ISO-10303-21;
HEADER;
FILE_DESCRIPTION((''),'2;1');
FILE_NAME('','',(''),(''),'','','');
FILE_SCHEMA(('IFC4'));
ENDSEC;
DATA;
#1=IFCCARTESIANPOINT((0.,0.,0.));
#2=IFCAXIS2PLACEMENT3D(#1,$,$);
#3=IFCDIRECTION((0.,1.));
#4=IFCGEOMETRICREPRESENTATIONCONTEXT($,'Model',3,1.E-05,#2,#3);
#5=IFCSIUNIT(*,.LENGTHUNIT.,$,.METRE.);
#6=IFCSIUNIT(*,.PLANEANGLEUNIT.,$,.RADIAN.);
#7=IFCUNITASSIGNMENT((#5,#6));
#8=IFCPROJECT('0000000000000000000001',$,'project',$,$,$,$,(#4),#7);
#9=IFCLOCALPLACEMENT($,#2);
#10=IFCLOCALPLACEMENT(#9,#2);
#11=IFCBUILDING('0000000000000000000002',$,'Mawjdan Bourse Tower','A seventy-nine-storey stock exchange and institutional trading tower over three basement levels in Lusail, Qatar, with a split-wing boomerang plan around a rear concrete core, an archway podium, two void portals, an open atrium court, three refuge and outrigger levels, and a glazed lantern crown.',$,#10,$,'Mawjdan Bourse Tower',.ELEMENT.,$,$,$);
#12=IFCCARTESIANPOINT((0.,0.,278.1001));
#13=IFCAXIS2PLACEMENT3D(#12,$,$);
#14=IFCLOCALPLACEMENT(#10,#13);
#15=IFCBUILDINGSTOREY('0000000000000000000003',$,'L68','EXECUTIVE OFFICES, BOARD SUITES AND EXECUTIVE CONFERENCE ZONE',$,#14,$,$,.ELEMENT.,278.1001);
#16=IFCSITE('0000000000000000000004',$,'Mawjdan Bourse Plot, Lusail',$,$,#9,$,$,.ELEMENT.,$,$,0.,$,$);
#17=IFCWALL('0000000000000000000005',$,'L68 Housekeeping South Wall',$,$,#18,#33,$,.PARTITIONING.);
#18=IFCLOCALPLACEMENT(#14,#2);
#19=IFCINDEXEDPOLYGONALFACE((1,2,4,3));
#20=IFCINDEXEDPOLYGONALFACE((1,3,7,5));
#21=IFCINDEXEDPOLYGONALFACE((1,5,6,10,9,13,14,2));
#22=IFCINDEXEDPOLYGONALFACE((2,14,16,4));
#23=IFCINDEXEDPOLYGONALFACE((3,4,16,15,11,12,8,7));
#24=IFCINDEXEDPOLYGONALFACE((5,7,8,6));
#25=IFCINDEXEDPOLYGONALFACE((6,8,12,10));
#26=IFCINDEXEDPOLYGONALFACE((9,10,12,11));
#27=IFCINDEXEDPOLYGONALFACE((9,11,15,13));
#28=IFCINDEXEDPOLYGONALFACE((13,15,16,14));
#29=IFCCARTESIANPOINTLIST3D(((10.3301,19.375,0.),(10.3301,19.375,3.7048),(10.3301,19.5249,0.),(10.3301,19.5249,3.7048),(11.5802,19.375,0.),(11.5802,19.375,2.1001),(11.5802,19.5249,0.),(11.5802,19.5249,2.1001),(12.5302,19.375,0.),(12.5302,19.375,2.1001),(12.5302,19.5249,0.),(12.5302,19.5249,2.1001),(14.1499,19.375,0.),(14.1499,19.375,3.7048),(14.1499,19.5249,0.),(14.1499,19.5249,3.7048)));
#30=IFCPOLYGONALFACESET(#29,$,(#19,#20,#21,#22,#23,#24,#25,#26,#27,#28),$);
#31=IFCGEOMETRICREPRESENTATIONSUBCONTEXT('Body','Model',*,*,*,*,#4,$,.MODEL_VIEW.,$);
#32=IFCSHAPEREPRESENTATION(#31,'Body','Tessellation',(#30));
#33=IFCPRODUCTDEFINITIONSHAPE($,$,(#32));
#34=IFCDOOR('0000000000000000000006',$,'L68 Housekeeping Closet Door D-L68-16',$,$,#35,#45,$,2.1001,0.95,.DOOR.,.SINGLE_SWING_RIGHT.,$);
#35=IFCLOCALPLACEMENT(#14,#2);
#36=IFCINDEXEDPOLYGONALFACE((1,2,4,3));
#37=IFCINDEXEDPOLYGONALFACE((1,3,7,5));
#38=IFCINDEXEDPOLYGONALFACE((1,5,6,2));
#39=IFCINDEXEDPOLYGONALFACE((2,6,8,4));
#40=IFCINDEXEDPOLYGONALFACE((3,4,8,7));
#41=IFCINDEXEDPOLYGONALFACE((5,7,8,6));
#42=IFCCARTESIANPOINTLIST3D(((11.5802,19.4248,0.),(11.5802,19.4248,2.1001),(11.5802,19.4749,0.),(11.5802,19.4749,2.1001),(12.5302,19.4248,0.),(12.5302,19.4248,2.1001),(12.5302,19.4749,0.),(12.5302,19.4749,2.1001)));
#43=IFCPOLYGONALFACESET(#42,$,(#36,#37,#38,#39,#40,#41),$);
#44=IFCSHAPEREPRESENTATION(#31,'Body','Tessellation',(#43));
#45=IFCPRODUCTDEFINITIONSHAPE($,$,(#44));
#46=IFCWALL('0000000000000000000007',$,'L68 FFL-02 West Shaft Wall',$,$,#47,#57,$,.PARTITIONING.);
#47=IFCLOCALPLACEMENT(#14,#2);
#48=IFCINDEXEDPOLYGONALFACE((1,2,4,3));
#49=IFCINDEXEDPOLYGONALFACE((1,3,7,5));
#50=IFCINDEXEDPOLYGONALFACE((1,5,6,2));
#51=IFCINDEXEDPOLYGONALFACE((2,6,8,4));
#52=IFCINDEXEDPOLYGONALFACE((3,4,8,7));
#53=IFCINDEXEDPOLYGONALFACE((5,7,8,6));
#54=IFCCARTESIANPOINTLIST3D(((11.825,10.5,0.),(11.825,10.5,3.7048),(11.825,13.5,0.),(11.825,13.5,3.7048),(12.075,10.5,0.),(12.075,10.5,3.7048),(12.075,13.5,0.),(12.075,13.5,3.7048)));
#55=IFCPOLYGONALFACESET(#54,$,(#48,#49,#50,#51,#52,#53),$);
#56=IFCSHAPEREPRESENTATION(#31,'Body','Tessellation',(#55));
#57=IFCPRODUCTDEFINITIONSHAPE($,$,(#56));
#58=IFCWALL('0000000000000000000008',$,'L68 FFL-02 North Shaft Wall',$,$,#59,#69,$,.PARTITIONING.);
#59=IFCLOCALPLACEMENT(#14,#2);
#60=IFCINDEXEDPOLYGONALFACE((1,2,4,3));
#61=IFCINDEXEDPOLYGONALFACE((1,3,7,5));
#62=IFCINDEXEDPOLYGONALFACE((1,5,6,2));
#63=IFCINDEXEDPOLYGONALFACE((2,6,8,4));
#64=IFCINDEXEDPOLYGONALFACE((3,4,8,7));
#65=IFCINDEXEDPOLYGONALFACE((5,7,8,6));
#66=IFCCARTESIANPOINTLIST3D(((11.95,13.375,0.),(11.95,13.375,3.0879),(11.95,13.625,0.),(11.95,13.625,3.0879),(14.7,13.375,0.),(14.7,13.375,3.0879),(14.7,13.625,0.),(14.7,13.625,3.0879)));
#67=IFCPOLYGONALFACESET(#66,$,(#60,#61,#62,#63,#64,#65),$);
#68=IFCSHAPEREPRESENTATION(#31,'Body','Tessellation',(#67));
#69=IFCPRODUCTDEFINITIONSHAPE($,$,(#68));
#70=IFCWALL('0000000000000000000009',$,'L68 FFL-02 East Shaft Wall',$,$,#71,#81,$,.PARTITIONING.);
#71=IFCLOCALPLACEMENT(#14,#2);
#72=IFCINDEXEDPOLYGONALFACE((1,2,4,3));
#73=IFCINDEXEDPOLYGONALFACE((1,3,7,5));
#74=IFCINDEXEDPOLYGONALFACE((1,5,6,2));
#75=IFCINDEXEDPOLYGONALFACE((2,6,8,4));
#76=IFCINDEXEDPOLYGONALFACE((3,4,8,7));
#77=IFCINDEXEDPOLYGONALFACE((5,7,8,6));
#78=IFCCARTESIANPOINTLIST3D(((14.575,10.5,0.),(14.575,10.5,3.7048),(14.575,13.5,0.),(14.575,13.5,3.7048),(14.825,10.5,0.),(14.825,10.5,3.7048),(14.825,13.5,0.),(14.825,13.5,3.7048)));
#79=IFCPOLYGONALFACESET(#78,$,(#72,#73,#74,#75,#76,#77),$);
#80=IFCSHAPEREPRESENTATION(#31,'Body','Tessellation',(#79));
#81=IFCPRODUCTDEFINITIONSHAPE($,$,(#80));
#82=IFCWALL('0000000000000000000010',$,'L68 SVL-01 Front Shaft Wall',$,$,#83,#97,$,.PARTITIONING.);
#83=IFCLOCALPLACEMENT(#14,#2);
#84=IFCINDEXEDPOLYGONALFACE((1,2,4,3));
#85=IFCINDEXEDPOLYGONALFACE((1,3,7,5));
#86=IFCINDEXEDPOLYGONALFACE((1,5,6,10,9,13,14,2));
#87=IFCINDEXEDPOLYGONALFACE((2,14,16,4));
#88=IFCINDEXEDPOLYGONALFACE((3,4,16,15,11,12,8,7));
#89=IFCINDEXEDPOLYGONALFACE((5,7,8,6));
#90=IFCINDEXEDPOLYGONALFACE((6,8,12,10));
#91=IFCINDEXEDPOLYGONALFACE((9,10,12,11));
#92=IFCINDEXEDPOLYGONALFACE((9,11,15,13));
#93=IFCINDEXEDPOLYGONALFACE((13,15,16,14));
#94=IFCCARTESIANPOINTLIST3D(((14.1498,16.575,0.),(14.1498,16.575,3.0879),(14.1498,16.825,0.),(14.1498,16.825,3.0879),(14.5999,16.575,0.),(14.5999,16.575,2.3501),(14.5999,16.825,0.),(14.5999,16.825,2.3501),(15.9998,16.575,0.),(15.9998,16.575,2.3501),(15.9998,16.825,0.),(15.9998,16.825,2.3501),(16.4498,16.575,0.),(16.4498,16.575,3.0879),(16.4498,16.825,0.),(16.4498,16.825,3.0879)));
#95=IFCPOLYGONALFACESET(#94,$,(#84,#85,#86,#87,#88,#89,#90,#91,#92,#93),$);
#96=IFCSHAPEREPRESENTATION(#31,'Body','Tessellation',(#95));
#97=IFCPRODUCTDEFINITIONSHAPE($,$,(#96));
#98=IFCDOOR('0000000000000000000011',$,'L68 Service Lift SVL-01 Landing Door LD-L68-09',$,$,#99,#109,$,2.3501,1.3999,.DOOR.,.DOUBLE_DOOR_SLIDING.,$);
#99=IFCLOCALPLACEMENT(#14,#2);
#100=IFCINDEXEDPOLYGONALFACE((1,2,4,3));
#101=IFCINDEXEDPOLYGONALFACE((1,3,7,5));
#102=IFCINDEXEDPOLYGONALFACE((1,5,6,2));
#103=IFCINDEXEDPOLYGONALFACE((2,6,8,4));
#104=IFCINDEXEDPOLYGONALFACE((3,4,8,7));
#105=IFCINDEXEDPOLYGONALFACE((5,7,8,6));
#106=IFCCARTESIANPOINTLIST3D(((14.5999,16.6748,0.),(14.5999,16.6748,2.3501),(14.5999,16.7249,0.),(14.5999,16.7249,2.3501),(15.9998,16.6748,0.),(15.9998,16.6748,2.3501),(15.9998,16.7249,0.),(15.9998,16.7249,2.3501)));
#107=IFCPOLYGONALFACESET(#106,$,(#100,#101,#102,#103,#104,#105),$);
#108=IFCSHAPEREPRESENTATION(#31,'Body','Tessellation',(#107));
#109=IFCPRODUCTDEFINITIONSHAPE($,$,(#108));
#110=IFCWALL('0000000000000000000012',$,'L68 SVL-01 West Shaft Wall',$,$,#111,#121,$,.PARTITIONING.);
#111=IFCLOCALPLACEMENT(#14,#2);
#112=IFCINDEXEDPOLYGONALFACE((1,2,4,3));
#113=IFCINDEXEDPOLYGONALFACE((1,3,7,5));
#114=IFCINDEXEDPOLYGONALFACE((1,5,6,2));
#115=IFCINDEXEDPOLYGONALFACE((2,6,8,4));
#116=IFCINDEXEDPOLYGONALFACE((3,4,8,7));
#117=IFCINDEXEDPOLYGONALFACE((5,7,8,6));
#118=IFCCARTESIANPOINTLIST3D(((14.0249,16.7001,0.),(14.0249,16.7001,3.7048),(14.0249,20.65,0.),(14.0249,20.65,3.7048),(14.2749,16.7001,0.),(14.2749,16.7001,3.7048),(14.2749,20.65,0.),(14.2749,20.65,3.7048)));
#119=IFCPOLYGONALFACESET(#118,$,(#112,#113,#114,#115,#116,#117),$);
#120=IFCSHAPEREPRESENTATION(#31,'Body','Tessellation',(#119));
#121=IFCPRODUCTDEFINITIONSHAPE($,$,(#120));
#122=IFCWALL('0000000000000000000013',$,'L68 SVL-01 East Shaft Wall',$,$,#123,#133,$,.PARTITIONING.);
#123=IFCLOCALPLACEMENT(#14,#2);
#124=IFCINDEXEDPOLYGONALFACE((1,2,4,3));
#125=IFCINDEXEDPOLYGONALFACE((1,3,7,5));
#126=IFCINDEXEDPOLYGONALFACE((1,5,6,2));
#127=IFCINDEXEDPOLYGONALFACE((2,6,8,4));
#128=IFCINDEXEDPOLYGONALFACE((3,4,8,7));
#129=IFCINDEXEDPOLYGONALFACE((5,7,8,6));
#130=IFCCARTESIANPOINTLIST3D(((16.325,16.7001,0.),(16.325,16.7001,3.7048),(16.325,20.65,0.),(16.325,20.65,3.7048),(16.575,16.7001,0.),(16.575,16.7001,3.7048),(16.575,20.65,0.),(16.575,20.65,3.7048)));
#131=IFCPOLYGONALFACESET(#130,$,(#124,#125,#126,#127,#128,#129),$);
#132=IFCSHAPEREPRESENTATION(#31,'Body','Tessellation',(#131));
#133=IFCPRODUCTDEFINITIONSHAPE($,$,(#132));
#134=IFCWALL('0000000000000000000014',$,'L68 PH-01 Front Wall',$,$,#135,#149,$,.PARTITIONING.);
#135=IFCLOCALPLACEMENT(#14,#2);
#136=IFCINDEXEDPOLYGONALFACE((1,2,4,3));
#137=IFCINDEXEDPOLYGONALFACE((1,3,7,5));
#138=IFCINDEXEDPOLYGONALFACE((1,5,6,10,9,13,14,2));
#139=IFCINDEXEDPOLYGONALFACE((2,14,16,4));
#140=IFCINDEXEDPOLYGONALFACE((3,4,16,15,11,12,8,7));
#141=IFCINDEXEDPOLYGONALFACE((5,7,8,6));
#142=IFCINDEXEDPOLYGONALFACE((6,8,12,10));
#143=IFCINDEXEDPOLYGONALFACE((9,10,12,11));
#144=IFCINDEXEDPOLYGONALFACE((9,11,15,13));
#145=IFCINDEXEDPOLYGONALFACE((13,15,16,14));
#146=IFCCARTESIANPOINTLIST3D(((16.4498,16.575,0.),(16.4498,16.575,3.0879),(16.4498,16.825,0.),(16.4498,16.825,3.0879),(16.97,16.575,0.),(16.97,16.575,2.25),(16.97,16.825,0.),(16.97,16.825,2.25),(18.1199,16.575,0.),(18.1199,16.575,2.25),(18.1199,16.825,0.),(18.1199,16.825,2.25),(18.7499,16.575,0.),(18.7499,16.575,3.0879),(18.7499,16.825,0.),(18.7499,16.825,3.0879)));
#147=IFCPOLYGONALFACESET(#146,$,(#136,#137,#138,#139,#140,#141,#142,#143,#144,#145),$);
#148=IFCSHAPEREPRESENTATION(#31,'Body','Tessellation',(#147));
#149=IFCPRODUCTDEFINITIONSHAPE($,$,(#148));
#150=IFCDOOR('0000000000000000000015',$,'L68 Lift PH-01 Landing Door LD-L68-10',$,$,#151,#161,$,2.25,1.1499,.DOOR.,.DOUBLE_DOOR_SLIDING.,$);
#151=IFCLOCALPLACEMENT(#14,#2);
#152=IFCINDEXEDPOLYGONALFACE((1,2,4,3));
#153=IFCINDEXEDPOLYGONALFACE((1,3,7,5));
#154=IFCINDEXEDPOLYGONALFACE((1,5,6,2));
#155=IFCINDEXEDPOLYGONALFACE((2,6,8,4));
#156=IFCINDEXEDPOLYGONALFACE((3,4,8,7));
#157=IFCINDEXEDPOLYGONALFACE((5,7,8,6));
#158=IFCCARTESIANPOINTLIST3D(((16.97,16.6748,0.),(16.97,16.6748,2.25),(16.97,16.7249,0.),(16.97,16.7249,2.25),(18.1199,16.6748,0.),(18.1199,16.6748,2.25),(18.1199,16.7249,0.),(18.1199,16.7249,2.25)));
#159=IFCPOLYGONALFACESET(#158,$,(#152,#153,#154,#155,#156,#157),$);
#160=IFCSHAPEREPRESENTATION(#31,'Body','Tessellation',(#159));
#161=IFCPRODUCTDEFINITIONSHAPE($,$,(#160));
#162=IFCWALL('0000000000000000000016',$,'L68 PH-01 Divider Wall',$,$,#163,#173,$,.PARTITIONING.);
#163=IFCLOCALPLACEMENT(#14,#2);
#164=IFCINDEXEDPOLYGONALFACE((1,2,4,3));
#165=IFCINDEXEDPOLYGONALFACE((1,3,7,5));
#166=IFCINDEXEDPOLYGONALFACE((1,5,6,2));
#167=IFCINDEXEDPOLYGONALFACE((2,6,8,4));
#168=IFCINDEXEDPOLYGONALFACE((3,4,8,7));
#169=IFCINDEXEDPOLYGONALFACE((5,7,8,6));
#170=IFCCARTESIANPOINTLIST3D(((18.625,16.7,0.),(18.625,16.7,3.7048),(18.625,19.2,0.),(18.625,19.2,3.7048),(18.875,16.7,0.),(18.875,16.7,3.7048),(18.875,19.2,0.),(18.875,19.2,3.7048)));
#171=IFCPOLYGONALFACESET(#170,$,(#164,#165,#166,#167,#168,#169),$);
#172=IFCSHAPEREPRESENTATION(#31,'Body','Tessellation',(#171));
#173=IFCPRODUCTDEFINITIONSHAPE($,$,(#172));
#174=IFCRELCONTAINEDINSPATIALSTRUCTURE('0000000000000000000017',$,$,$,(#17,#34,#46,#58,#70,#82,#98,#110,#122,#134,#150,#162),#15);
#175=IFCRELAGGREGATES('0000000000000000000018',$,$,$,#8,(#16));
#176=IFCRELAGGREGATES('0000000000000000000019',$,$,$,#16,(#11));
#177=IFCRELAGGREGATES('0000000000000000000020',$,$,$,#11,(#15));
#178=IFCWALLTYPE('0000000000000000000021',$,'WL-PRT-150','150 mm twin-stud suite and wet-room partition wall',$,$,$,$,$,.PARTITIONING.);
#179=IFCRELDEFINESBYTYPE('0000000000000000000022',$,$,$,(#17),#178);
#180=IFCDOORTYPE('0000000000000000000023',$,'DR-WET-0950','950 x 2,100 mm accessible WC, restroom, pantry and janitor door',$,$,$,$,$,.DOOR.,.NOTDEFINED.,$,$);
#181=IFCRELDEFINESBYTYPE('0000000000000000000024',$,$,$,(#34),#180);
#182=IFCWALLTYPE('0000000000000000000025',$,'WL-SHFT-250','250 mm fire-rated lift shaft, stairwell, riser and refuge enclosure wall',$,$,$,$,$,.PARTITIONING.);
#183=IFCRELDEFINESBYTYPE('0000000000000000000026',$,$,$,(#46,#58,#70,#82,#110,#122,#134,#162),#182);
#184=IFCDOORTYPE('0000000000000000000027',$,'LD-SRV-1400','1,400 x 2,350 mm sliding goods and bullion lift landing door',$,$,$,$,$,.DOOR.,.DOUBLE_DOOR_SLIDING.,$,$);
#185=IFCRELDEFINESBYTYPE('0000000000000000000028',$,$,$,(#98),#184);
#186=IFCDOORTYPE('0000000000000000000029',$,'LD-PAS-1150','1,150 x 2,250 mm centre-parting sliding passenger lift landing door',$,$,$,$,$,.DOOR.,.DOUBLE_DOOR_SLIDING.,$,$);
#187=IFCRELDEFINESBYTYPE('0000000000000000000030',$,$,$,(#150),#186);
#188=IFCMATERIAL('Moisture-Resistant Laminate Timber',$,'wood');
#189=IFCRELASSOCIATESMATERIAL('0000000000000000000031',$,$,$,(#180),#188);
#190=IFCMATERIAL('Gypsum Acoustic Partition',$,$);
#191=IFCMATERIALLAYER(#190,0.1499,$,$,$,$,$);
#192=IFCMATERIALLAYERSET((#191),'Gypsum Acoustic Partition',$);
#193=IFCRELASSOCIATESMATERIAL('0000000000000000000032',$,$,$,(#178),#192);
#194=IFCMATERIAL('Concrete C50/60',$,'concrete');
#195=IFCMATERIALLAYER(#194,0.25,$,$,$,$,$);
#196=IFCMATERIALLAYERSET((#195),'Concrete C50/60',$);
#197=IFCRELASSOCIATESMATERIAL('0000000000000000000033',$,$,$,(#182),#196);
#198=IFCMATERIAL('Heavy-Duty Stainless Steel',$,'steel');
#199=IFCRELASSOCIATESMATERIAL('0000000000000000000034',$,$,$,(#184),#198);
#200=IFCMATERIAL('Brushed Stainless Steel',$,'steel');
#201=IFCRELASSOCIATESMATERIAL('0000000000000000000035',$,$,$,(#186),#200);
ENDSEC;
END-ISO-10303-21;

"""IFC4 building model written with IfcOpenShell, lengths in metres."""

from ifc_helpers import new_model, si_unit, direction, frame, frame_2d, origin, place, context, subcontext, project, spatial, rectangle, extrude, material, layer, layer_set, type_object, element, fill, save


model = new_model("IFC4")

# Units and contexts
model_context = context("Model", 3, precision=1e-05, world=origin(), true_north=direction((0.0, 1.0)))
body_context = subcontext(model_context, "Body", "Model", "MODEL_VIEW")
ifc_project = project(units=[si_unit("LENGTHUNIT", "METRE"), si_unit("PLANEANGLEUNIT", "RADIAN")], contexts=[model_context])

# Site, building, storey
site_placement = place(None, origin())
site = spatial("IfcSite", under=ifc_project, at=site_placement, Name="Mawjdan Bourse Plot, Lusail", CompositionType="ELEMENT", RefElevation=0.0)
building_placement = place(site_placement, origin())
building = spatial("IfcBuilding", under=site, at=building_placement, Name="Mawjdan Bourse Tower", Description="A seventy-nine-storey stock exchange and institutional trading tower over three basement levels in Lusail, Qatar, with a split-wing boomerang plan around a rear concrete core, an archway podium, two void portals, an open atrium court, three refuge and outrigger levels, and a glazed lantern crown.", LongName="Mawjdan Bourse Tower", CompositionType="ELEMENT")
storey_placement = place(building_placement, frame((0.0, 0.0, 278.1001)))
storey = spatial("IfcBuildingStorey", under=building, at=storey_placement, Name="L68", Description="EXECUTIVE OFFICES, BOARD SUITES AND EXECUTIVE CONFERENCE ZONE", CompositionType="ELEMENT", Elevation=278.1001)

# Wall, opening, door
ifc_material_1 = material(Name="Moisture-Resistant Laminate Timber", Category="wood")
door_type_1 = type_object("IfcDoorType", Name="DR-WET-0950", Description="950 x 2,100 mm accessible WC, restroom, pantry and janitor door", OperationType="NOTDEFINED", PredefinedType="DOOR", material=ifc_material_1)
ifc_material_2 = material(Name="Gypsum Acoustic Partition")
ifc_layer_1 = layer(ifc_material_2, 0.1499)
ifc_layer_set_1 = layer_set([ifc_layer_1], Name="Gypsum Acoustic Partition")
wall_type_1 = type_object("IfcWallType", Name="WL-PRT-150", Description="150 mm twin-stud suite and wet-room partition wall", PredefinedType="PARTITIONING", material=ifc_layer_set_1)
wall_1_placement = place(storey_placement, frame((10.3301, 19.45, 0.0), z_axis=(0.0, 0.0, 1.0), x_axis=(1.0, 0.0, 0.0)))
wall_1 = element("IfcWall", 1, at=wall_1_placement, inside=storey, type_object=wall_type_1, Name="L68 Housekeeping South Wall", PredefinedType="PARTITIONING", context=body_context, shape_type="SweptSolid", body=[
    extrude(rectangle(XDim=3.8198, YDim=0.1499, at=frame_2d((1.9099, 0.0))), origin(), (0.0, 0.0, 1.0), 3.7048),
])
opening_1_placement = place(wall_1_placement, frame((1.25, 0.0, 0.0)))
opening_1 = element("IfcOpeningElement", 2, at=opening_1_placement, cuts=wall_1, PredefinedType="OPENING", context=body_context, shape_type="SweptSolid", body=[
    extrude(rectangle(XDim=0.95, YDim=2.1001, at=frame_2d((0.4751, 1.05))), frame((0.0, 0.085, 0.0), z_axis=(0.0, -1.0, 0.0), x_axis=(1.0, 0.0, 0.0)), (0.0, 0.0, 1.0), 0.1699),
])
door_1_placement = place(opening_1_placement, origin())
door_1 = element("IfcDoor", 3, at=door_1_placement, inside=storey, type_object=door_type_1, Name="L68 Housekeeping Closet Door D-L68-16", OperationType="SINGLE_SWING_RIGHT", OverallHeight=2.1001, OverallWidth=0.95, PredefinedType="DOOR", context=body_context, shape_type="SweptSolid", body=[
    extrude(rectangle(XDim=0.95, YDim=2.1001, at=frame_2d((0.4751, 1.05))), frame((0.0, 0.0249, 0.0), z_axis=(0.0, -1.0, 0.0), x_axis=(1.0, 0.0, 0.0)), (0.0, 0.0, 1.0), 0.05),
])
fill(opening_1, door_1)

# Walls
ifc_material_3 = material(Name="Concrete C50/60", Category="concrete")
ifc_layer_2 = layer(ifc_material_3, 0.25)
ifc_layer_set_2 = layer_set([ifc_layer_2], Name="Concrete C50/60")
wall_type_2 = type_object("IfcWallType", Name="WL-SHFT-250", Description="250 mm fire-rated lift shaft, stairwell, riser and refuge enclosure wall", PredefinedType="PARTITIONING", material=ifc_layer_set_2)
wall_2_placement = place(storey_placement, frame((11.95, 10.5, 0.0), z_axis=(0.0, 0.0, 1.0), x_axis=(0.0, 1.0, 0.0)))
element("IfcWall", 4, at=wall_2_placement, inside=storey, type_object=wall_type_2, Name="L68 FFL-02 West Shaft Wall", PredefinedType="PARTITIONING", context=body_context, shape_type="SweptSolid", body=[
    extrude(rectangle(XDim=3.0, YDim=0.25, at=frame_2d((1.5, 0.0))), origin(), (0.0, 0.0, 1.0), 3.7048),
])
wall_3_placement = place(storey_placement, frame((11.95, 13.5, 0.0), z_axis=(0.0, 0.0, 1.0), x_axis=(1.0, 0.0, 0.0)))
element("IfcWall", 5, at=wall_3_placement, inside=storey, type_object=wall_type_2, Name="L68 FFL-02 North Shaft Wall", PredefinedType="PARTITIONING", context=body_context, shape_type="SweptSolid", body=[
    extrude(rectangle(XDim=2.75, YDim=0.25, at=frame_2d((1.375, 0.0))), origin(), (0.0, 0.0, 1.0), 3.0879),
])
wall_4_placement = place(storey_placement, frame((14.7, 10.5, 0.0), z_axis=(0.0, 0.0, 1.0), x_axis=(0.0, 1.0, 0.0)))
element("IfcWall", 6, at=wall_4_placement, inside=storey, type_object=wall_type_2, Name="L68 FFL-02 East Shaft Wall", PredefinedType="PARTITIONING", context=body_context, shape_type="SweptSolid", body=[
    extrude(rectangle(XDim=3.0, YDim=0.25, at=frame_2d((1.5, 0.0))), origin(), (0.0, 0.0, 1.0), 3.7048),
])

# Wall, opening, door
wall_5_placement = place(storey_placement, frame((14.1499, 16.7, 0.0), z_axis=(0.0, 0.0, 1.0), x_axis=(1.0, 0.0, 0.0)))
wall_5 = element("IfcWall", 7, at=wall_5_placement, inside=storey, type_object=wall_type_2, Name="L68 SVL-01 Front Shaft Wall", PredefinedType="PARTITIONING", context=body_context, shape_type="SweptSolid", body=[
    extrude(rectangle(XDim=2.3, YDim=0.25, at=frame_2d((1.1499, 0.0))), origin(), (0.0, 0.0, 1.0), 3.0879),
])
opening_2_placement = place(wall_5_placement, frame((0.45, 0.0, 0.0)))
opening_2 = element("IfcOpeningElement", 8, at=opening_2_placement, cuts=wall_5, PredefinedType="OPENING", context=body_context, shape_type="SweptSolid", body=[
    extrude(rectangle(XDim=1.3999, YDim=2.3501, at=frame_2d((0.7, 1.175))), frame((0.0, 0.135, 0.0), z_axis=(0.0, -1.0, 0.0), x_axis=(1.0, 0.0, 0.0)), (0.0, 0.0, 1.0), 0.27),
])
ifc_material_4 = material(Name="Heavy-Duty Stainless Steel", Category="steel")
door_type_2 = type_object("IfcDoorType", Name="LD-SRV-1400", Description="1,400 x 2,350 mm sliding goods and bullion lift landing door", OperationType="DOUBLE_DOOR_SLIDING", PredefinedType="DOOR", material=ifc_material_4)
door_2_placement = place(opening_2_placement, origin())
door_2 = element("IfcDoor", 9, at=door_2_placement, inside=storey, type_object=door_type_2, Name="L68 Service Lift SVL-01 Landing Door LD-L68-09", OperationType="DOUBLE_DOOR_SLIDING", OverallHeight=2.3501, OverallWidth=1.3999, PredefinedType="DOOR", context=body_context, shape_type="SweptSolid", body=[
    extrude(rectangle(XDim=1.3999, YDim=2.3501, at=frame_2d((0.7, 1.175))), frame((0.0, 0.0249, 0.0), z_axis=(0.0, -1.0, 0.0), x_axis=(1.0, 0.0, 0.0)), (0.0, 0.0, 1.0), 0.05),
])
fill(opening_2, door_2)

# Walls
for number, where, z_axis, x_axis, name in (
    (10, (14.1499, 16.7, 0.0), (0.0, 0.0, 1.0), (0.0, 1.0, 0.0), "L68 SVL-01 West Shaft Wall"),
    (11, (16.45, 16.7, 0.0), (0.0, 0.0, 1.0), (0.0, 1.0, 0.0), "L68 SVL-01 East Shaft Wall"),
):
    element("IfcWall", number, at=place(storey_placement, frame(where, z_axis=z_axis, x_axis=x_axis)), inside=storey, type_object=wall_type_2, Name=name, PredefinedType="PARTITIONING", context=body_context, shape_type="SweptSolid", body=[
        extrude(rectangle(XDim=3.95, YDim=0.25, at=frame_2d((1.9751, 0.0))), origin(), (0.0, 0.0, 1.0), 3.7048),
    ])

# Wall, opening, door
wall_6_placement = place(storey_placement, frame((16.45, 16.7, 0.0), z_axis=(0.0, 0.0, 1.0), x_axis=(1.0, 0.0, 0.0)))
wall_6 = element("IfcWall", 12, at=wall_6_placement, inside=storey, type_object=wall_type_2, Name="L68 PH-01 Front Wall", PredefinedType="PARTITIONING", context=body_context, shape_type="SweptSolid", body=[
    extrude(rectangle(XDim=2.3, YDim=0.25, at=frame_2d((1.1499, 0.0))), origin(), (0.0, 0.0, 1.0), 3.0879),
])
opening_3_placement = place(wall_6_placement, frame((0.52, 0.0, 0.0)))
opening_3 = element("IfcOpeningElement", 13, at=opening_3_placement, cuts=wall_6, PredefinedType="OPENING", context=body_context, shape_type="SweptSolid", body=[
    extrude(rectangle(XDim=1.1499, YDim=2.25, at=frame_2d((0.575, 1.125))), frame((0.0, 0.135, 0.0), z_axis=(0.0, -1.0, 0.0), x_axis=(1.0, 0.0, 0.0)), (0.0, 0.0, 1.0), 0.27),
])
ifc_material_5 = material(Name="Brushed Stainless Steel", Category="steel")
door_type_3 = type_object("IfcDoorType", Name="LD-PAS-1150", Description="1,150 x 2,250 mm centre-parting sliding passenger lift landing door", OperationType="DOUBLE_DOOR_SLIDING", PredefinedType="DOOR", material=ifc_material_5)
door_3_placement = place(opening_3_placement, origin())
door_3 = element("IfcDoor", 14, at=door_3_placement, inside=storey, type_object=door_type_3, Name="L68 Lift PH-01 Landing Door LD-L68-10", OperationType="DOUBLE_DOOR_SLIDING", OverallHeight=2.25, OverallWidth=1.1499, PredefinedType="DOOR", context=body_context, shape_type="SweptSolid", body=[
    extrude(rectangle(XDim=1.1499, YDim=2.25, at=frame_2d((0.575, 1.125))), frame((0.0, 0.0249, 0.0), z_axis=(0.0, -1.0, 0.0), x_axis=(1.0, 0.0, 0.0)), (0.0, 0.0, 1.0), 0.05),
])
fill(opening_3, door_3)

# Wall
wall_7_placement = place(storey_placement, frame((18.75, 16.7, 0.0), z_axis=(0.0, 0.0, 1.0), x_axis=(0.0, 1.0, 0.0)))
element("IfcWall", 15, at=wall_7_placement, inside=storey, type_object=wall_type_2, Name="L68 PH-01 Divider Wall", PredefinedType="PARTITIONING", context=body_context, shape_type="SweptSolid", body=[
    extrude(rectangle(XDim=2.5, YDim=0.25, at=frame_2d((1.25, 0.0))), origin(), (0.0, 0.0, 1.0), 3.7048),
])

save(model, "model.ifc")
